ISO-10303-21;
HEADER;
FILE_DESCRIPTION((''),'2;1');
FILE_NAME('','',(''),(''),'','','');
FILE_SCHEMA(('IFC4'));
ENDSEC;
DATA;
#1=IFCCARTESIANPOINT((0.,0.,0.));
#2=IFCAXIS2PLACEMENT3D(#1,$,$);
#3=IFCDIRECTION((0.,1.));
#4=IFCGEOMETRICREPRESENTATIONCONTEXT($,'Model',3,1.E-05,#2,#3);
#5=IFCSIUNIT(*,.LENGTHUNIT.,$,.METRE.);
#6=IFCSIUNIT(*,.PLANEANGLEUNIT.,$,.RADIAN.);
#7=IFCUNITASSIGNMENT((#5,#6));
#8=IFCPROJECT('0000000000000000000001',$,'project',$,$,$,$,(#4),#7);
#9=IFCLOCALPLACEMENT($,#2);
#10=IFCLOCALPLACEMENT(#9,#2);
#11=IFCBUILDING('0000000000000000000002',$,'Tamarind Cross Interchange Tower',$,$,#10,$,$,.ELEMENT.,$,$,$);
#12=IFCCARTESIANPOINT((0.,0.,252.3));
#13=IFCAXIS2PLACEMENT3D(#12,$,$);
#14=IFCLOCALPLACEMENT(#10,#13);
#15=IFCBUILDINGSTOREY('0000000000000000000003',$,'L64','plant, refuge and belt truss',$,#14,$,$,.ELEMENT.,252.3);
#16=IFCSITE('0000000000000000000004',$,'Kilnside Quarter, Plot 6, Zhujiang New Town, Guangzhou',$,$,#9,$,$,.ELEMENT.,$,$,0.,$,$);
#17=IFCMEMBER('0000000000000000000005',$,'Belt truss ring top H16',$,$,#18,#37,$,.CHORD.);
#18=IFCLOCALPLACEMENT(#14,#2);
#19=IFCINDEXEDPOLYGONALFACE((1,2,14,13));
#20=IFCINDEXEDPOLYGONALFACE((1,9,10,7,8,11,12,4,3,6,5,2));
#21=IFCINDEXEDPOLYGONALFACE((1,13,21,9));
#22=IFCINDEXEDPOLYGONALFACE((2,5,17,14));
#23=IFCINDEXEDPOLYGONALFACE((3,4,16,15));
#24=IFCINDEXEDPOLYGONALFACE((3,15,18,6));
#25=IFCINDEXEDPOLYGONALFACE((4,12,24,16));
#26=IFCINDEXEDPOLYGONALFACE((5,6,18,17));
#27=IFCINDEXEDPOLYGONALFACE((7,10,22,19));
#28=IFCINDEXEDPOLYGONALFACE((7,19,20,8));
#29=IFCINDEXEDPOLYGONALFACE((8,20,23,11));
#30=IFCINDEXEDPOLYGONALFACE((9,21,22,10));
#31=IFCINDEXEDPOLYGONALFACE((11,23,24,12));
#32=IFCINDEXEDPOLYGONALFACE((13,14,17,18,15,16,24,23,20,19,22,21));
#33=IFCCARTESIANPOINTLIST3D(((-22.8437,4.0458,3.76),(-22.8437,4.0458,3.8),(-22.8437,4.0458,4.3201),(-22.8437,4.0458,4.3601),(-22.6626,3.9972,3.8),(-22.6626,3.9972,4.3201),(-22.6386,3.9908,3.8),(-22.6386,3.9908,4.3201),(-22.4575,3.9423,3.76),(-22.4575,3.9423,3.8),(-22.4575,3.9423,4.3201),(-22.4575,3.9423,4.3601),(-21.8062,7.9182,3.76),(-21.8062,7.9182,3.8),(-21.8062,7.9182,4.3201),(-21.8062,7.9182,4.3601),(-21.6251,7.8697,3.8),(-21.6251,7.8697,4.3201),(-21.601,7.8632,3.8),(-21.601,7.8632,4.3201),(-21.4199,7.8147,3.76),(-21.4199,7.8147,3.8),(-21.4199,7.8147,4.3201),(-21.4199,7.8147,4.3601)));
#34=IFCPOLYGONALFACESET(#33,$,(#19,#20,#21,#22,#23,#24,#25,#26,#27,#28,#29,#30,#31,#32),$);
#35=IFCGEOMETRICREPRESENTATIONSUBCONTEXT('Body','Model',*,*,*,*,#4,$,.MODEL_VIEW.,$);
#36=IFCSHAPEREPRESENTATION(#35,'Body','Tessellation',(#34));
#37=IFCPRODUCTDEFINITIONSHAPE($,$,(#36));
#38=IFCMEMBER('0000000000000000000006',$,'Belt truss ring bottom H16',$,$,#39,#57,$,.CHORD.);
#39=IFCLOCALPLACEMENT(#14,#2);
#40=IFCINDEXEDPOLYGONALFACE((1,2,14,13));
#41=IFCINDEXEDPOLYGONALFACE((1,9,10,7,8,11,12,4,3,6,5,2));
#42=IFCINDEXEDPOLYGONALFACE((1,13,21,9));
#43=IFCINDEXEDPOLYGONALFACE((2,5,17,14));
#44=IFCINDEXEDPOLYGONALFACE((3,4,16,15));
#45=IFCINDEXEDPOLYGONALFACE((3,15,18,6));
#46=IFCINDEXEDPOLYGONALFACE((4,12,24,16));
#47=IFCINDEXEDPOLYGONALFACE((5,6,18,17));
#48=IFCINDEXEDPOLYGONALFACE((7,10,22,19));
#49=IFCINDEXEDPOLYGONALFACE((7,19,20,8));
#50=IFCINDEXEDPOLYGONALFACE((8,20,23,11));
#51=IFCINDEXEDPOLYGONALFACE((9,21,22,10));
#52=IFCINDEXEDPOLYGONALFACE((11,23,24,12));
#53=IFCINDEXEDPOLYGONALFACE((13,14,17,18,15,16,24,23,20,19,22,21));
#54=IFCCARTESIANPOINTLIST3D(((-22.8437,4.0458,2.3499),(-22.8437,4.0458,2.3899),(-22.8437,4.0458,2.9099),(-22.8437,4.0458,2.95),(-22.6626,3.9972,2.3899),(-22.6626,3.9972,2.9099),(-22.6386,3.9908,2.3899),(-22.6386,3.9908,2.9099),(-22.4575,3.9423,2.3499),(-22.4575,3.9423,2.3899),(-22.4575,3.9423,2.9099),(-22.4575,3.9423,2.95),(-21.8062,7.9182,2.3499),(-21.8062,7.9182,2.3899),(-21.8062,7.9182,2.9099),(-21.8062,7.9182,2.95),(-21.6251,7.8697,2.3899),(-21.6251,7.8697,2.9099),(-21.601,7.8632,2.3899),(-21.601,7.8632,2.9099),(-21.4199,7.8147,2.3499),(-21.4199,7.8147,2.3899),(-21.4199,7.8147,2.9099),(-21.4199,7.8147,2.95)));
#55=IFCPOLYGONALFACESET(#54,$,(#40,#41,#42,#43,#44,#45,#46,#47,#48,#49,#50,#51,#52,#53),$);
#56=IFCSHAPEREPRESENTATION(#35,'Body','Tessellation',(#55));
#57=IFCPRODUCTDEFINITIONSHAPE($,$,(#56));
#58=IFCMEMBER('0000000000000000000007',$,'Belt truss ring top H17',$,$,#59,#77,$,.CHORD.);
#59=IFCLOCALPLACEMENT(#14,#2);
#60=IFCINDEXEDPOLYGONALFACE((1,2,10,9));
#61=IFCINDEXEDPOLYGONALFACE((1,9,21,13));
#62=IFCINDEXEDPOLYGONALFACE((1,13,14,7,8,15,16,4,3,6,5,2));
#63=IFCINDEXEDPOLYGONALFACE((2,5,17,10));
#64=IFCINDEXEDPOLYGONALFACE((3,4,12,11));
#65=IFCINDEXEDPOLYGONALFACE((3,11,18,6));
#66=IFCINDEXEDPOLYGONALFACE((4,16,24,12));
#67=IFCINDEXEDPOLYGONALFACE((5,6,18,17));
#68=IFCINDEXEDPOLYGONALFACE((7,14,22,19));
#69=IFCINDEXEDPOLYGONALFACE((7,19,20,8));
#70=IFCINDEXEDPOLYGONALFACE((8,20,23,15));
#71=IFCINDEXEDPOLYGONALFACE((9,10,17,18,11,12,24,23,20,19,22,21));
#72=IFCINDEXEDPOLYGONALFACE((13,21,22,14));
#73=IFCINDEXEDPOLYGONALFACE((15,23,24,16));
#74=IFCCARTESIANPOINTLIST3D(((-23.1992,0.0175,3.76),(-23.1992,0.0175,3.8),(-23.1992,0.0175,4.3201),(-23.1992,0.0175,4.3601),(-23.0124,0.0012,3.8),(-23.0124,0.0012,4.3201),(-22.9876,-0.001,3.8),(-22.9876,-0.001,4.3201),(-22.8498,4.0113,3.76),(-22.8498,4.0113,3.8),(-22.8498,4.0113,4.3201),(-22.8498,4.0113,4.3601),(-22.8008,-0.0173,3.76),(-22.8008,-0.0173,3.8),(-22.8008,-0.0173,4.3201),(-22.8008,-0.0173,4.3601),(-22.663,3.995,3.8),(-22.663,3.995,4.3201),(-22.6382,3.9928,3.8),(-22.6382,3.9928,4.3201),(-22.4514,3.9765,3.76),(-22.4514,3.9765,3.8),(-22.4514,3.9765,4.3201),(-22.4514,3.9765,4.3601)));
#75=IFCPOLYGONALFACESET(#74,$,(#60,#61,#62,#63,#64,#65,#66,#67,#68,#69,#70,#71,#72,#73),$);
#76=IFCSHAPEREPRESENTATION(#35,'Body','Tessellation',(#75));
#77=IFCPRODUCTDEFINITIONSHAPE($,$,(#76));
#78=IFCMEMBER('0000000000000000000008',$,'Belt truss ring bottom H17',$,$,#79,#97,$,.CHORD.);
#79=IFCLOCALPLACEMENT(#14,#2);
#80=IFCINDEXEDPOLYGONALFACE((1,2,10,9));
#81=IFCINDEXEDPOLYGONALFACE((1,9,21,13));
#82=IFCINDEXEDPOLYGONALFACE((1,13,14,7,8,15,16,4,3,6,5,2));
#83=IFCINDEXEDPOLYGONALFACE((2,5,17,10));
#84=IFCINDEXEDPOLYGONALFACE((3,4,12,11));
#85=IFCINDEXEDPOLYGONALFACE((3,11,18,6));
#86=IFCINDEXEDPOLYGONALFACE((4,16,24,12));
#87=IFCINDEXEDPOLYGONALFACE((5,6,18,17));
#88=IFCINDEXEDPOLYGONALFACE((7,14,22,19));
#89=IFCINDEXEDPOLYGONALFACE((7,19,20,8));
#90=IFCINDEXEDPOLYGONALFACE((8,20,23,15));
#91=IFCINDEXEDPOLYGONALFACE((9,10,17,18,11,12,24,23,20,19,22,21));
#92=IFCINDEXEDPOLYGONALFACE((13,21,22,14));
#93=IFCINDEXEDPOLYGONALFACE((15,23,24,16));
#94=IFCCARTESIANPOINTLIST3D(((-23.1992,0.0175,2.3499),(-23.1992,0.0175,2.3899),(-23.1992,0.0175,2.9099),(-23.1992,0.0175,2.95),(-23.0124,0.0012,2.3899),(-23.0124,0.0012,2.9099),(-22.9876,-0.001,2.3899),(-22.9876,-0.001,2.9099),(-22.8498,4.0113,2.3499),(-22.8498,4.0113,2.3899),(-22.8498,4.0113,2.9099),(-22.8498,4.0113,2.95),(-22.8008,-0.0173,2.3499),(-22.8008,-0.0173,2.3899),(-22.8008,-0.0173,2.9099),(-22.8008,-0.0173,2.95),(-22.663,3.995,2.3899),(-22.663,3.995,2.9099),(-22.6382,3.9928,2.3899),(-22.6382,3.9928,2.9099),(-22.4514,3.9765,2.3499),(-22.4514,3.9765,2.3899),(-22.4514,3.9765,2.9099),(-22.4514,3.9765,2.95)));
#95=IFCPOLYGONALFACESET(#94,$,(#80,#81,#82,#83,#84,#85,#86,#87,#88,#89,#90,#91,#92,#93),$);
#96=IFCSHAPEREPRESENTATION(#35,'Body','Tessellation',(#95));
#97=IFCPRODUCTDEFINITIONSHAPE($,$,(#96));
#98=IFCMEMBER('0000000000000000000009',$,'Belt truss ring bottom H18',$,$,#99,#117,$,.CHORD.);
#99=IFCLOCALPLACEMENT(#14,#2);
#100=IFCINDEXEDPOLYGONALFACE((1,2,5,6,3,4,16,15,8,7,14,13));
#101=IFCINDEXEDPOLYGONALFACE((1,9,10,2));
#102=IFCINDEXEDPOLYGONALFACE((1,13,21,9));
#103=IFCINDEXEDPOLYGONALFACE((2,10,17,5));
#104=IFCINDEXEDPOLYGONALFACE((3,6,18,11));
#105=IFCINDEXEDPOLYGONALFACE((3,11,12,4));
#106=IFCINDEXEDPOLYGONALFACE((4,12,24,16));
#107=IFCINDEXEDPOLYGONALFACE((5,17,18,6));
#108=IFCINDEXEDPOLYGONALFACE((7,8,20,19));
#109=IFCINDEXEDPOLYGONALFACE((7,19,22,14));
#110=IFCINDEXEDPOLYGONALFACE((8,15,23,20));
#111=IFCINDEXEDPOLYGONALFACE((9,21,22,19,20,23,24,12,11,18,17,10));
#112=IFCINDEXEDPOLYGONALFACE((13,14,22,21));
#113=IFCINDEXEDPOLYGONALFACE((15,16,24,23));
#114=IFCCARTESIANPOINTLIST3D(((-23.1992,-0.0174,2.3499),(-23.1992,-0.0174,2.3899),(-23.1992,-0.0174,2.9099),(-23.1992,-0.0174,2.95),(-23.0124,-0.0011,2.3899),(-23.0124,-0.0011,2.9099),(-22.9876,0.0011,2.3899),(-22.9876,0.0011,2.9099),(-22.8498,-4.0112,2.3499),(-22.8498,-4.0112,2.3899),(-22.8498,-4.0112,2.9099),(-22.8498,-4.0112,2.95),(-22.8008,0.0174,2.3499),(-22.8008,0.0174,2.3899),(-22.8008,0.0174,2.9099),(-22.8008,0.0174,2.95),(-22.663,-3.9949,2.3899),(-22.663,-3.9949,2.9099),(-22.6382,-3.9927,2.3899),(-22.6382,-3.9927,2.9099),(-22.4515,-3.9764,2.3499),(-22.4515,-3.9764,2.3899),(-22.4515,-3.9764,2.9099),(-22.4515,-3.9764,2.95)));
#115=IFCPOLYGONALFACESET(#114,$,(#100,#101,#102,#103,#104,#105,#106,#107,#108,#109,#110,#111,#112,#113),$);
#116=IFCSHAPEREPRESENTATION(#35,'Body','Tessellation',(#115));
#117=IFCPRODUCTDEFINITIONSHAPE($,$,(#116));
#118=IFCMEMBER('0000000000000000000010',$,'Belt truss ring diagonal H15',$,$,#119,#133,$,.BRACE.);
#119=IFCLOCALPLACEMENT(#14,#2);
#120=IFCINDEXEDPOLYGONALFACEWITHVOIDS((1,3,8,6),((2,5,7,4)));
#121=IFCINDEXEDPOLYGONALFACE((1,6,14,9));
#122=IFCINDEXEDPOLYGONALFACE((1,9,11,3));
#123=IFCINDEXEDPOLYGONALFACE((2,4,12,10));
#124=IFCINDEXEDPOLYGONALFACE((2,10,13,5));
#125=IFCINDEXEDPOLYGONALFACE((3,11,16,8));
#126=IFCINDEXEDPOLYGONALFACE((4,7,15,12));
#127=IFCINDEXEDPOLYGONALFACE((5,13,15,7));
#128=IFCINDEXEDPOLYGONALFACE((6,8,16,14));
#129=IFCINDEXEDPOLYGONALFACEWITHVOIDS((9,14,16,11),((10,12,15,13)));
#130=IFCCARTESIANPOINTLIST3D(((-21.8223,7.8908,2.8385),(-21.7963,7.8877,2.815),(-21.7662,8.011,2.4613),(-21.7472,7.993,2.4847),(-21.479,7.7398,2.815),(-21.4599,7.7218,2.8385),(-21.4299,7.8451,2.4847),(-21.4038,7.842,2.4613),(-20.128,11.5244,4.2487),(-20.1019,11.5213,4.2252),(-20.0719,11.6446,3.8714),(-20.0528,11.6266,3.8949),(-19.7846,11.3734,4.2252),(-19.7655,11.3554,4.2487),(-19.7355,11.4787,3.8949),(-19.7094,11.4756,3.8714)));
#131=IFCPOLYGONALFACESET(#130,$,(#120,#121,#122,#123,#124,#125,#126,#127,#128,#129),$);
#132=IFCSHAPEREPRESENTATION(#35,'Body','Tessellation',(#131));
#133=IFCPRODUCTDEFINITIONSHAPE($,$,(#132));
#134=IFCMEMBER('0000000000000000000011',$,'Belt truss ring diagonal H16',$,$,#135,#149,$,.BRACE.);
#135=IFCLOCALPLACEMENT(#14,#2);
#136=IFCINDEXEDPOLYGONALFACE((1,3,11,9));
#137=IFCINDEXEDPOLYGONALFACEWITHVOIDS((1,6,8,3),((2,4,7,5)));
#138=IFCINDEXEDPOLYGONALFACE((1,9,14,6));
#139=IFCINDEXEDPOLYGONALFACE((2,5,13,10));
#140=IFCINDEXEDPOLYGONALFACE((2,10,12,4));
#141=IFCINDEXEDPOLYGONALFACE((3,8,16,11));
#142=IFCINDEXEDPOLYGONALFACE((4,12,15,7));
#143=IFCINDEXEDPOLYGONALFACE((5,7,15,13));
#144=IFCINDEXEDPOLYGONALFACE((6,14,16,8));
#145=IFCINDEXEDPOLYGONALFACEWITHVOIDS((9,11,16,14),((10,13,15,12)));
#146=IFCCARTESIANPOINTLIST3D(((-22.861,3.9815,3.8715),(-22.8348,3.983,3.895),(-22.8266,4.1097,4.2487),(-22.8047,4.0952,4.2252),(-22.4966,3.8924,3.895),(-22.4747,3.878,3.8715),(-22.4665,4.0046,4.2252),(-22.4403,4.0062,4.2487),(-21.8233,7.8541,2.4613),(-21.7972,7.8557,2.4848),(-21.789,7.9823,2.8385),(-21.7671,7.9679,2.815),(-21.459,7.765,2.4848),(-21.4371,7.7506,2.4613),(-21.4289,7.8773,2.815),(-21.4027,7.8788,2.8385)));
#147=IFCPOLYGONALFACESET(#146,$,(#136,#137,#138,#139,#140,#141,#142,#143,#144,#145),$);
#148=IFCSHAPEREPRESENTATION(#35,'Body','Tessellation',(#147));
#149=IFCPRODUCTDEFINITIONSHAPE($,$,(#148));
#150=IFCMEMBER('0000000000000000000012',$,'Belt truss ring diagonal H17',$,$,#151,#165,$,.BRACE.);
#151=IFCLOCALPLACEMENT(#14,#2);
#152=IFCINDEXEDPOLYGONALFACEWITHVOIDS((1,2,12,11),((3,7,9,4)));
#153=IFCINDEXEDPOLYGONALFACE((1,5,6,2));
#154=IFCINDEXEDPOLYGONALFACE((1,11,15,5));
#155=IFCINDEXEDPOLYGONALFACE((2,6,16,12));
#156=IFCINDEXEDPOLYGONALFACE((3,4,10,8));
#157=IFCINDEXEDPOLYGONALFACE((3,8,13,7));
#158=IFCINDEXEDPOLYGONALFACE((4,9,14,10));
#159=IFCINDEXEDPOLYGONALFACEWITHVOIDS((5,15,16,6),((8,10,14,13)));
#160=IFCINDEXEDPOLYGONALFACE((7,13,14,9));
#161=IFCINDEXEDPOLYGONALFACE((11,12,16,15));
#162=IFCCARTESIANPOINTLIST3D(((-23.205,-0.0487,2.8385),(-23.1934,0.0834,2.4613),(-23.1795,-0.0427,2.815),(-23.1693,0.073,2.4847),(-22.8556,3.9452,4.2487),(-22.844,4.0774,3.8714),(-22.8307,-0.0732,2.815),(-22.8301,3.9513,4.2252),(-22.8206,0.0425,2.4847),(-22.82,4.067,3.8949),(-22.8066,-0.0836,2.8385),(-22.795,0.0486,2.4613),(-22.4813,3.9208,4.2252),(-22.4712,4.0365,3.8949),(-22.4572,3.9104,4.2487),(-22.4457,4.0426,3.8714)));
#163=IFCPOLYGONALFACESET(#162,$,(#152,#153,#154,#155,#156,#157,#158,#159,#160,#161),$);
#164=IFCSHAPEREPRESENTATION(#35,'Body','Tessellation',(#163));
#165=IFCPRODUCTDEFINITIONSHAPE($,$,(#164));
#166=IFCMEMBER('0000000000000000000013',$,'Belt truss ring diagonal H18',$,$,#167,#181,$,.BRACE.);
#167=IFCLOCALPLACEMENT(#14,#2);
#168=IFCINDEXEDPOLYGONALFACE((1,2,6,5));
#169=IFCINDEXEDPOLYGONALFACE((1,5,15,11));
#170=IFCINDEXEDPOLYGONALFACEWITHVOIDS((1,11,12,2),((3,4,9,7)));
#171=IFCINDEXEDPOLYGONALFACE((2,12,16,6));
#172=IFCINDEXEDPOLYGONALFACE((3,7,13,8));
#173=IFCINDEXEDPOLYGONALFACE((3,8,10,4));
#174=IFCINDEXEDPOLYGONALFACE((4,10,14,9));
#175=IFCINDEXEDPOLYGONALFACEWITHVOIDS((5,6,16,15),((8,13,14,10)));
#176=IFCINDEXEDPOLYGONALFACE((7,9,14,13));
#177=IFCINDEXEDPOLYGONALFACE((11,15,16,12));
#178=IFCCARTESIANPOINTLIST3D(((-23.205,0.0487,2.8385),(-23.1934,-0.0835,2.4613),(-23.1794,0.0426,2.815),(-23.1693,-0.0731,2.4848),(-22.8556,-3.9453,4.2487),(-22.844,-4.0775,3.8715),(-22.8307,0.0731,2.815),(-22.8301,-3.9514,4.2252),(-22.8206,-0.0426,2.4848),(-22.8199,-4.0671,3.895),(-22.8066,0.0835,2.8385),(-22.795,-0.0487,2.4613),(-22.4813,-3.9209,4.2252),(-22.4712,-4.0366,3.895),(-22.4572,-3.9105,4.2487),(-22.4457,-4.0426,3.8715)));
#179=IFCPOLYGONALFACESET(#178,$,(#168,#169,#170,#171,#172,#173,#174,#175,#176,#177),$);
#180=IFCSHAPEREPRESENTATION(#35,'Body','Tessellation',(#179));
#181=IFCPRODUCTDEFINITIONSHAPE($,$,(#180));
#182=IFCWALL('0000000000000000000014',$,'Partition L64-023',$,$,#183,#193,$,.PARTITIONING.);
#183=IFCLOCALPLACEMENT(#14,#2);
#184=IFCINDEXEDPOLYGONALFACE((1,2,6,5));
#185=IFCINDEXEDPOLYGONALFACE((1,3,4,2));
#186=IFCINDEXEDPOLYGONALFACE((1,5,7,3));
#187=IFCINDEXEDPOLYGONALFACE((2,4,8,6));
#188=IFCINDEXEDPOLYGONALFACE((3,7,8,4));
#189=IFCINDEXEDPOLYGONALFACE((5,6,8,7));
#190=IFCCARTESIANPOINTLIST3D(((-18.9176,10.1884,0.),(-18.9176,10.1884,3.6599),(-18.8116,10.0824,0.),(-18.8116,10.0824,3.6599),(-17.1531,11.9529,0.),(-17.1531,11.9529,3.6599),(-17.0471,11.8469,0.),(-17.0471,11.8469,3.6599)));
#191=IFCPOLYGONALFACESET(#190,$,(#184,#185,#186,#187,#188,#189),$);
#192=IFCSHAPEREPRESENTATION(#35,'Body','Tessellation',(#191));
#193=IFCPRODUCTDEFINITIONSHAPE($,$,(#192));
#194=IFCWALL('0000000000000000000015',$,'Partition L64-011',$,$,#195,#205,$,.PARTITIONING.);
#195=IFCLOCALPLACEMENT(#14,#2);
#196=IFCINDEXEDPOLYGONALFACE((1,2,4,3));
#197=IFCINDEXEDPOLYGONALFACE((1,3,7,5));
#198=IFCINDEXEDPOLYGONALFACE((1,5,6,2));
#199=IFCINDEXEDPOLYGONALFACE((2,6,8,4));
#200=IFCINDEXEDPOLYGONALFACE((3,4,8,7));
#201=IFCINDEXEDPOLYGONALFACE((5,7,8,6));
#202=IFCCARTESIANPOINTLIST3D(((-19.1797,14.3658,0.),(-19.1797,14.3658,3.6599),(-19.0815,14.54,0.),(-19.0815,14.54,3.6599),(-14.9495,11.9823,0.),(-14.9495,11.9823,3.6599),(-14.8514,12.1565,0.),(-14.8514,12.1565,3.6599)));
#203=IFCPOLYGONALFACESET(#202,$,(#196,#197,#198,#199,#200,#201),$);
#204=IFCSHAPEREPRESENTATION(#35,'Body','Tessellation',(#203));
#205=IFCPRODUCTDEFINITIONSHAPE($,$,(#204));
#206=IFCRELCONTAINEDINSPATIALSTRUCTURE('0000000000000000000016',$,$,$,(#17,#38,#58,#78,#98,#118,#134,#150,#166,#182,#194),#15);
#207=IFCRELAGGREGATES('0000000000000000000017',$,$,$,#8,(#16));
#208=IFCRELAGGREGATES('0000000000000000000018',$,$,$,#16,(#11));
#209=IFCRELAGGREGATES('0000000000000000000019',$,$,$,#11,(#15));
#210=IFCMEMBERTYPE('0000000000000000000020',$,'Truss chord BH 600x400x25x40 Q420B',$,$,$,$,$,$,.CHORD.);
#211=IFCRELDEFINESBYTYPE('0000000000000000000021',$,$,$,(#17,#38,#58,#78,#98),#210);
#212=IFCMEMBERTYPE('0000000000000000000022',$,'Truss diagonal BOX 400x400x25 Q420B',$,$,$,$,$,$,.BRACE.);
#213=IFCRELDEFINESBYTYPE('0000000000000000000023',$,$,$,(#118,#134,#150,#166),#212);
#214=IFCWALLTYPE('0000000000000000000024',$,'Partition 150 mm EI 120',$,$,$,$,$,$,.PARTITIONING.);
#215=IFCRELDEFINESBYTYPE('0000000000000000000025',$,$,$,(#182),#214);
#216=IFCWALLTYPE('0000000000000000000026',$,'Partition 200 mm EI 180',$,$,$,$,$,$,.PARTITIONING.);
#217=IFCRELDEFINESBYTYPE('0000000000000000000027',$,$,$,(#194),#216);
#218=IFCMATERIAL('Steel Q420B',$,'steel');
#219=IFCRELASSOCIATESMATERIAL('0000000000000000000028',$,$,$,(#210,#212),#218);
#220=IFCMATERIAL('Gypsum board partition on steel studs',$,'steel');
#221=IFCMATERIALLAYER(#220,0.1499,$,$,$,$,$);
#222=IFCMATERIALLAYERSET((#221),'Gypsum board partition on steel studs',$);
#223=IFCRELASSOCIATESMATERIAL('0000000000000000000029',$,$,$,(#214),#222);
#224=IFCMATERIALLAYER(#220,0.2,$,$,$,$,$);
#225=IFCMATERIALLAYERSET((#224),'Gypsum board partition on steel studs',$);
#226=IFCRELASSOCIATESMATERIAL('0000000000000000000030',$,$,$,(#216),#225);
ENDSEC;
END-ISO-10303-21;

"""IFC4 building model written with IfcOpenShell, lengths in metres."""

from ifc_helpers import new_model, si_unit, direction, frame, frame_2d, origin, origin_2d, place, context, subcontext, project, spatial, rectangle, hollow_rectangle, i_section, extrude, material, layer, layer_set, material_profile, profile_set, type_object, element, save


model = new_model("IFC4")

# Units and contexts
model_context = context("Model", 3, precision=1e-05, world=origin(), true_north=direction((0.0, 1.0)))
body_context = subcontext(model_context, "Body", "Model", "MODEL_VIEW")
ifc_project = project(units=[si_unit("LENGTHUNIT", "METRE"), si_unit("PLANEANGLEUNIT", "RADIAN")], contexts=[model_context])

# Site, building, storey
site_placement = place(None, origin())
site = spatial("IfcSite", under=ifc_project, at=site_placement, Name="Kilnside Quarter, Plot 6, Zhujiang New Town, Guangzhou", CompositionType="ELEMENT", RefElevation=0.0)
building_placement = place(site_placement, origin())
building = spatial("IfcBuilding", under=site, at=building_placement, Name="Tamarind Cross Interchange Tower", CompositionType="ELEMENT")
storey_placement = place(building_placement, frame((0.0, 0.0, 252.3)))
storey = spatial("IfcBuildingStorey", under=building, at=storey_placement, Name="L64", Description="plant, refuge and belt truss", CompositionType="ELEMENT", Elevation=252.3)

# Members
ifc_material_1 = material(Name="Steel Q420B", Category="steel")
ifc_material_profile_1 = material_profile(ifc_material_1, i_section(OverallWidth=0.3999, OverallDepth=0.6001, WebThickness=0.0249, FlangeThickness=0.04, at=origin_2d()), Name="BH 600x400x25x40")
ifc_profile_set_1 = profile_set([ifc_material_profile_1], Name="Steel Q420B")
member_type_1 = type_object("IfcMemberType", Name="Truss chord BH 600x400x25x40 Q420B", PredefinedType="CHORD", material=ifc_profile_set_1)
for number, where, z_axis, x_axis, name in (
    (1, (-21.613, 7.8665, 4.0601), (-0.258807, -0.965929, 0.0), (0.965929, -0.258807, 0.0), "Belt truss ring top H16"),
    (2, (-21.613, 7.8665, 2.6499), (-0.258807, -0.965929, 0.0), (0.965929, -0.258807, 0.0), "Belt truss ring bottom H16"),
    (3, (-22.6506, 3.9939, 4.0601), (-0.087142, -0.996196, 0.0), (0.996196, -0.087142, 0.0), "Belt truss ring top H17"),
    (4, (-22.6506, 3.9939, 2.6499), (-0.087142, -0.996196, 0.0), (0.996196, -0.087142, 0.0), "Belt truss ring bottom H17"),
    (5, (-23.0, 0.0, 2.6499), (0.087142, -0.996196, 0.0), (0.996196, 0.087142, 0.0), "Belt truss ring bottom H18"),
):
    element("IfcMember", number, at=place(storey_placement, frame(where, z_axis=z_axis, x_axis=x_axis)), inside=storey, type_object=member_type_1, Name=name, PredefinedType="CHORD", context=body_context, shape_type="SweptSolid", body=[
        extrude(i_section(OverallWidth=0.3999, OverallDepth=0.6001, WebThickness=0.0249, FlangeThickness=0.04, at=origin_2d()), origin(), (0.0, 0.0, 1.0), 4.009),
    ])
ifc_material_profile_2 = material_profile(ifc_material_1, hollow_rectangle(XDim=0.3999, YDim=0.3999, WallThickness=0.0249, at=origin_2d()), Name="BOX 400x400x25")
ifc_profile_set_2 = profile_set([ifc_material_profile_2], Name="Steel Q420B")
member_type_2 = type_object("IfcMemberType", Name="Truss diagonal BOX 400x400x25 Q420B", PredefinedType="BRACE", material=ifc_profile_set_2)
for number, where, z_axis, x_axis, name in (
    (6, (-19.9187, 11.5, 4.0601), (-0.398673, -0.854964, -0.331806), (0.906309, -0.422615, 0.0), "Belt truss ring diagonal H15"),
    (7, (-21.613, 7.8665, 2.6499), (-0.244145, -0.911206, 0.331807), (0.965929, -0.258807, 0.0), "Belt truss ring diagonal H16"),
    (8, (-22.6506, 3.9939, 4.0601), (-0.082205, -0.939758, -0.331808), (0.996196, -0.087142, 0.0), "Belt truss ring diagonal H17"),
    (9, (-23.0, 0.0, 2.6499), (0.082205, -0.939758, 0.331808), (0.996196, 0.087142, 0.0), "Belt truss ring diagonal H18"),
):
    element("IfcMember", number, at=place(storey_placement, frame(where, z_axis=z_axis, x_axis=x_axis)), inside=storey, type_object=member_type_2, Name=name, PredefinedType="BRACE", context=body_context, shape_type="SweptSolid", body=[
        extrude(hollow_rectangle(XDim=0.3999, YDim=0.3999, WallThickness=0.0249, at=origin_2d()), origin(), (0.0, 0.0, 1.0), 4.25),
    ])

# Walls
ifc_material_2 = material(Name="Gypsum board partition on steel studs", Category="steel")
ifc_layer_1 = layer(ifc_material_2, 0.1499)
ifc_layer_set_1 = layer_set([ifc_layer_1], Name="Gypsum board partition on steel studs")
wall_type_1 = type_object("IfcWallType", Name="Partition 150 mm EI 120", PredefinedType="PARTITIONING", material=ifc_layer_set_1)
wall_1_placement = place(storey_placement, frame((-18.8645, 10.1355, 0.0), z_axis=(0.0, 0.0, 1.0), x_axis=(0.707107, 0.707107, 0.0)))
element("IfcWall", 10, at=wall_1_placement, inside=storey, type_object=wall_type_1, Name="Partition L64-023", PredefinedType="PARTITIONING", context=body_context, shape_type="SweptSolid", body=[
    extrude(rectangle(XDim=2.4954, YDim=0.1499, at=frame_2d((1.2476, 0.0))), origin(), (0.0, 0.0, 1.0), 3.6599),
])
ifc_layer_2 = layer(ifc_material_2, 0.2)
ifc_layer_set_2 = layer_set([ifc_layer_2], Name="Gypsum board partition on steel studs")
wall_type_2 = type_object("IfcWallType", Name="Partition 200 mm EI 180", PredefinedType="PARTITIONING", material=ifc_layer_set_2)
wall_2_placement = place(storey_placement, frame((-19.1306, 14.4529, 0.0), z_axis=(0.0, 0.0, 1.0), x_axis=(0.871219, -0.490894, 0.0)))
element("IfcWall", 11, at=wall_2_placement, inside=storey, type_object=wall_type_2, Name="Partition L64-011", PredefinedType="PARTITIONING", context=body_context, shape_type="SweptSolid", body=[
    extrude(rectangle(XDim=4.8555, YDim=0.2, at=frame_2d((2.4277, 0.0))), origin(), (0.0, 0.0, 1.0), 3.6599),
])

save(model, "model.ifc")
